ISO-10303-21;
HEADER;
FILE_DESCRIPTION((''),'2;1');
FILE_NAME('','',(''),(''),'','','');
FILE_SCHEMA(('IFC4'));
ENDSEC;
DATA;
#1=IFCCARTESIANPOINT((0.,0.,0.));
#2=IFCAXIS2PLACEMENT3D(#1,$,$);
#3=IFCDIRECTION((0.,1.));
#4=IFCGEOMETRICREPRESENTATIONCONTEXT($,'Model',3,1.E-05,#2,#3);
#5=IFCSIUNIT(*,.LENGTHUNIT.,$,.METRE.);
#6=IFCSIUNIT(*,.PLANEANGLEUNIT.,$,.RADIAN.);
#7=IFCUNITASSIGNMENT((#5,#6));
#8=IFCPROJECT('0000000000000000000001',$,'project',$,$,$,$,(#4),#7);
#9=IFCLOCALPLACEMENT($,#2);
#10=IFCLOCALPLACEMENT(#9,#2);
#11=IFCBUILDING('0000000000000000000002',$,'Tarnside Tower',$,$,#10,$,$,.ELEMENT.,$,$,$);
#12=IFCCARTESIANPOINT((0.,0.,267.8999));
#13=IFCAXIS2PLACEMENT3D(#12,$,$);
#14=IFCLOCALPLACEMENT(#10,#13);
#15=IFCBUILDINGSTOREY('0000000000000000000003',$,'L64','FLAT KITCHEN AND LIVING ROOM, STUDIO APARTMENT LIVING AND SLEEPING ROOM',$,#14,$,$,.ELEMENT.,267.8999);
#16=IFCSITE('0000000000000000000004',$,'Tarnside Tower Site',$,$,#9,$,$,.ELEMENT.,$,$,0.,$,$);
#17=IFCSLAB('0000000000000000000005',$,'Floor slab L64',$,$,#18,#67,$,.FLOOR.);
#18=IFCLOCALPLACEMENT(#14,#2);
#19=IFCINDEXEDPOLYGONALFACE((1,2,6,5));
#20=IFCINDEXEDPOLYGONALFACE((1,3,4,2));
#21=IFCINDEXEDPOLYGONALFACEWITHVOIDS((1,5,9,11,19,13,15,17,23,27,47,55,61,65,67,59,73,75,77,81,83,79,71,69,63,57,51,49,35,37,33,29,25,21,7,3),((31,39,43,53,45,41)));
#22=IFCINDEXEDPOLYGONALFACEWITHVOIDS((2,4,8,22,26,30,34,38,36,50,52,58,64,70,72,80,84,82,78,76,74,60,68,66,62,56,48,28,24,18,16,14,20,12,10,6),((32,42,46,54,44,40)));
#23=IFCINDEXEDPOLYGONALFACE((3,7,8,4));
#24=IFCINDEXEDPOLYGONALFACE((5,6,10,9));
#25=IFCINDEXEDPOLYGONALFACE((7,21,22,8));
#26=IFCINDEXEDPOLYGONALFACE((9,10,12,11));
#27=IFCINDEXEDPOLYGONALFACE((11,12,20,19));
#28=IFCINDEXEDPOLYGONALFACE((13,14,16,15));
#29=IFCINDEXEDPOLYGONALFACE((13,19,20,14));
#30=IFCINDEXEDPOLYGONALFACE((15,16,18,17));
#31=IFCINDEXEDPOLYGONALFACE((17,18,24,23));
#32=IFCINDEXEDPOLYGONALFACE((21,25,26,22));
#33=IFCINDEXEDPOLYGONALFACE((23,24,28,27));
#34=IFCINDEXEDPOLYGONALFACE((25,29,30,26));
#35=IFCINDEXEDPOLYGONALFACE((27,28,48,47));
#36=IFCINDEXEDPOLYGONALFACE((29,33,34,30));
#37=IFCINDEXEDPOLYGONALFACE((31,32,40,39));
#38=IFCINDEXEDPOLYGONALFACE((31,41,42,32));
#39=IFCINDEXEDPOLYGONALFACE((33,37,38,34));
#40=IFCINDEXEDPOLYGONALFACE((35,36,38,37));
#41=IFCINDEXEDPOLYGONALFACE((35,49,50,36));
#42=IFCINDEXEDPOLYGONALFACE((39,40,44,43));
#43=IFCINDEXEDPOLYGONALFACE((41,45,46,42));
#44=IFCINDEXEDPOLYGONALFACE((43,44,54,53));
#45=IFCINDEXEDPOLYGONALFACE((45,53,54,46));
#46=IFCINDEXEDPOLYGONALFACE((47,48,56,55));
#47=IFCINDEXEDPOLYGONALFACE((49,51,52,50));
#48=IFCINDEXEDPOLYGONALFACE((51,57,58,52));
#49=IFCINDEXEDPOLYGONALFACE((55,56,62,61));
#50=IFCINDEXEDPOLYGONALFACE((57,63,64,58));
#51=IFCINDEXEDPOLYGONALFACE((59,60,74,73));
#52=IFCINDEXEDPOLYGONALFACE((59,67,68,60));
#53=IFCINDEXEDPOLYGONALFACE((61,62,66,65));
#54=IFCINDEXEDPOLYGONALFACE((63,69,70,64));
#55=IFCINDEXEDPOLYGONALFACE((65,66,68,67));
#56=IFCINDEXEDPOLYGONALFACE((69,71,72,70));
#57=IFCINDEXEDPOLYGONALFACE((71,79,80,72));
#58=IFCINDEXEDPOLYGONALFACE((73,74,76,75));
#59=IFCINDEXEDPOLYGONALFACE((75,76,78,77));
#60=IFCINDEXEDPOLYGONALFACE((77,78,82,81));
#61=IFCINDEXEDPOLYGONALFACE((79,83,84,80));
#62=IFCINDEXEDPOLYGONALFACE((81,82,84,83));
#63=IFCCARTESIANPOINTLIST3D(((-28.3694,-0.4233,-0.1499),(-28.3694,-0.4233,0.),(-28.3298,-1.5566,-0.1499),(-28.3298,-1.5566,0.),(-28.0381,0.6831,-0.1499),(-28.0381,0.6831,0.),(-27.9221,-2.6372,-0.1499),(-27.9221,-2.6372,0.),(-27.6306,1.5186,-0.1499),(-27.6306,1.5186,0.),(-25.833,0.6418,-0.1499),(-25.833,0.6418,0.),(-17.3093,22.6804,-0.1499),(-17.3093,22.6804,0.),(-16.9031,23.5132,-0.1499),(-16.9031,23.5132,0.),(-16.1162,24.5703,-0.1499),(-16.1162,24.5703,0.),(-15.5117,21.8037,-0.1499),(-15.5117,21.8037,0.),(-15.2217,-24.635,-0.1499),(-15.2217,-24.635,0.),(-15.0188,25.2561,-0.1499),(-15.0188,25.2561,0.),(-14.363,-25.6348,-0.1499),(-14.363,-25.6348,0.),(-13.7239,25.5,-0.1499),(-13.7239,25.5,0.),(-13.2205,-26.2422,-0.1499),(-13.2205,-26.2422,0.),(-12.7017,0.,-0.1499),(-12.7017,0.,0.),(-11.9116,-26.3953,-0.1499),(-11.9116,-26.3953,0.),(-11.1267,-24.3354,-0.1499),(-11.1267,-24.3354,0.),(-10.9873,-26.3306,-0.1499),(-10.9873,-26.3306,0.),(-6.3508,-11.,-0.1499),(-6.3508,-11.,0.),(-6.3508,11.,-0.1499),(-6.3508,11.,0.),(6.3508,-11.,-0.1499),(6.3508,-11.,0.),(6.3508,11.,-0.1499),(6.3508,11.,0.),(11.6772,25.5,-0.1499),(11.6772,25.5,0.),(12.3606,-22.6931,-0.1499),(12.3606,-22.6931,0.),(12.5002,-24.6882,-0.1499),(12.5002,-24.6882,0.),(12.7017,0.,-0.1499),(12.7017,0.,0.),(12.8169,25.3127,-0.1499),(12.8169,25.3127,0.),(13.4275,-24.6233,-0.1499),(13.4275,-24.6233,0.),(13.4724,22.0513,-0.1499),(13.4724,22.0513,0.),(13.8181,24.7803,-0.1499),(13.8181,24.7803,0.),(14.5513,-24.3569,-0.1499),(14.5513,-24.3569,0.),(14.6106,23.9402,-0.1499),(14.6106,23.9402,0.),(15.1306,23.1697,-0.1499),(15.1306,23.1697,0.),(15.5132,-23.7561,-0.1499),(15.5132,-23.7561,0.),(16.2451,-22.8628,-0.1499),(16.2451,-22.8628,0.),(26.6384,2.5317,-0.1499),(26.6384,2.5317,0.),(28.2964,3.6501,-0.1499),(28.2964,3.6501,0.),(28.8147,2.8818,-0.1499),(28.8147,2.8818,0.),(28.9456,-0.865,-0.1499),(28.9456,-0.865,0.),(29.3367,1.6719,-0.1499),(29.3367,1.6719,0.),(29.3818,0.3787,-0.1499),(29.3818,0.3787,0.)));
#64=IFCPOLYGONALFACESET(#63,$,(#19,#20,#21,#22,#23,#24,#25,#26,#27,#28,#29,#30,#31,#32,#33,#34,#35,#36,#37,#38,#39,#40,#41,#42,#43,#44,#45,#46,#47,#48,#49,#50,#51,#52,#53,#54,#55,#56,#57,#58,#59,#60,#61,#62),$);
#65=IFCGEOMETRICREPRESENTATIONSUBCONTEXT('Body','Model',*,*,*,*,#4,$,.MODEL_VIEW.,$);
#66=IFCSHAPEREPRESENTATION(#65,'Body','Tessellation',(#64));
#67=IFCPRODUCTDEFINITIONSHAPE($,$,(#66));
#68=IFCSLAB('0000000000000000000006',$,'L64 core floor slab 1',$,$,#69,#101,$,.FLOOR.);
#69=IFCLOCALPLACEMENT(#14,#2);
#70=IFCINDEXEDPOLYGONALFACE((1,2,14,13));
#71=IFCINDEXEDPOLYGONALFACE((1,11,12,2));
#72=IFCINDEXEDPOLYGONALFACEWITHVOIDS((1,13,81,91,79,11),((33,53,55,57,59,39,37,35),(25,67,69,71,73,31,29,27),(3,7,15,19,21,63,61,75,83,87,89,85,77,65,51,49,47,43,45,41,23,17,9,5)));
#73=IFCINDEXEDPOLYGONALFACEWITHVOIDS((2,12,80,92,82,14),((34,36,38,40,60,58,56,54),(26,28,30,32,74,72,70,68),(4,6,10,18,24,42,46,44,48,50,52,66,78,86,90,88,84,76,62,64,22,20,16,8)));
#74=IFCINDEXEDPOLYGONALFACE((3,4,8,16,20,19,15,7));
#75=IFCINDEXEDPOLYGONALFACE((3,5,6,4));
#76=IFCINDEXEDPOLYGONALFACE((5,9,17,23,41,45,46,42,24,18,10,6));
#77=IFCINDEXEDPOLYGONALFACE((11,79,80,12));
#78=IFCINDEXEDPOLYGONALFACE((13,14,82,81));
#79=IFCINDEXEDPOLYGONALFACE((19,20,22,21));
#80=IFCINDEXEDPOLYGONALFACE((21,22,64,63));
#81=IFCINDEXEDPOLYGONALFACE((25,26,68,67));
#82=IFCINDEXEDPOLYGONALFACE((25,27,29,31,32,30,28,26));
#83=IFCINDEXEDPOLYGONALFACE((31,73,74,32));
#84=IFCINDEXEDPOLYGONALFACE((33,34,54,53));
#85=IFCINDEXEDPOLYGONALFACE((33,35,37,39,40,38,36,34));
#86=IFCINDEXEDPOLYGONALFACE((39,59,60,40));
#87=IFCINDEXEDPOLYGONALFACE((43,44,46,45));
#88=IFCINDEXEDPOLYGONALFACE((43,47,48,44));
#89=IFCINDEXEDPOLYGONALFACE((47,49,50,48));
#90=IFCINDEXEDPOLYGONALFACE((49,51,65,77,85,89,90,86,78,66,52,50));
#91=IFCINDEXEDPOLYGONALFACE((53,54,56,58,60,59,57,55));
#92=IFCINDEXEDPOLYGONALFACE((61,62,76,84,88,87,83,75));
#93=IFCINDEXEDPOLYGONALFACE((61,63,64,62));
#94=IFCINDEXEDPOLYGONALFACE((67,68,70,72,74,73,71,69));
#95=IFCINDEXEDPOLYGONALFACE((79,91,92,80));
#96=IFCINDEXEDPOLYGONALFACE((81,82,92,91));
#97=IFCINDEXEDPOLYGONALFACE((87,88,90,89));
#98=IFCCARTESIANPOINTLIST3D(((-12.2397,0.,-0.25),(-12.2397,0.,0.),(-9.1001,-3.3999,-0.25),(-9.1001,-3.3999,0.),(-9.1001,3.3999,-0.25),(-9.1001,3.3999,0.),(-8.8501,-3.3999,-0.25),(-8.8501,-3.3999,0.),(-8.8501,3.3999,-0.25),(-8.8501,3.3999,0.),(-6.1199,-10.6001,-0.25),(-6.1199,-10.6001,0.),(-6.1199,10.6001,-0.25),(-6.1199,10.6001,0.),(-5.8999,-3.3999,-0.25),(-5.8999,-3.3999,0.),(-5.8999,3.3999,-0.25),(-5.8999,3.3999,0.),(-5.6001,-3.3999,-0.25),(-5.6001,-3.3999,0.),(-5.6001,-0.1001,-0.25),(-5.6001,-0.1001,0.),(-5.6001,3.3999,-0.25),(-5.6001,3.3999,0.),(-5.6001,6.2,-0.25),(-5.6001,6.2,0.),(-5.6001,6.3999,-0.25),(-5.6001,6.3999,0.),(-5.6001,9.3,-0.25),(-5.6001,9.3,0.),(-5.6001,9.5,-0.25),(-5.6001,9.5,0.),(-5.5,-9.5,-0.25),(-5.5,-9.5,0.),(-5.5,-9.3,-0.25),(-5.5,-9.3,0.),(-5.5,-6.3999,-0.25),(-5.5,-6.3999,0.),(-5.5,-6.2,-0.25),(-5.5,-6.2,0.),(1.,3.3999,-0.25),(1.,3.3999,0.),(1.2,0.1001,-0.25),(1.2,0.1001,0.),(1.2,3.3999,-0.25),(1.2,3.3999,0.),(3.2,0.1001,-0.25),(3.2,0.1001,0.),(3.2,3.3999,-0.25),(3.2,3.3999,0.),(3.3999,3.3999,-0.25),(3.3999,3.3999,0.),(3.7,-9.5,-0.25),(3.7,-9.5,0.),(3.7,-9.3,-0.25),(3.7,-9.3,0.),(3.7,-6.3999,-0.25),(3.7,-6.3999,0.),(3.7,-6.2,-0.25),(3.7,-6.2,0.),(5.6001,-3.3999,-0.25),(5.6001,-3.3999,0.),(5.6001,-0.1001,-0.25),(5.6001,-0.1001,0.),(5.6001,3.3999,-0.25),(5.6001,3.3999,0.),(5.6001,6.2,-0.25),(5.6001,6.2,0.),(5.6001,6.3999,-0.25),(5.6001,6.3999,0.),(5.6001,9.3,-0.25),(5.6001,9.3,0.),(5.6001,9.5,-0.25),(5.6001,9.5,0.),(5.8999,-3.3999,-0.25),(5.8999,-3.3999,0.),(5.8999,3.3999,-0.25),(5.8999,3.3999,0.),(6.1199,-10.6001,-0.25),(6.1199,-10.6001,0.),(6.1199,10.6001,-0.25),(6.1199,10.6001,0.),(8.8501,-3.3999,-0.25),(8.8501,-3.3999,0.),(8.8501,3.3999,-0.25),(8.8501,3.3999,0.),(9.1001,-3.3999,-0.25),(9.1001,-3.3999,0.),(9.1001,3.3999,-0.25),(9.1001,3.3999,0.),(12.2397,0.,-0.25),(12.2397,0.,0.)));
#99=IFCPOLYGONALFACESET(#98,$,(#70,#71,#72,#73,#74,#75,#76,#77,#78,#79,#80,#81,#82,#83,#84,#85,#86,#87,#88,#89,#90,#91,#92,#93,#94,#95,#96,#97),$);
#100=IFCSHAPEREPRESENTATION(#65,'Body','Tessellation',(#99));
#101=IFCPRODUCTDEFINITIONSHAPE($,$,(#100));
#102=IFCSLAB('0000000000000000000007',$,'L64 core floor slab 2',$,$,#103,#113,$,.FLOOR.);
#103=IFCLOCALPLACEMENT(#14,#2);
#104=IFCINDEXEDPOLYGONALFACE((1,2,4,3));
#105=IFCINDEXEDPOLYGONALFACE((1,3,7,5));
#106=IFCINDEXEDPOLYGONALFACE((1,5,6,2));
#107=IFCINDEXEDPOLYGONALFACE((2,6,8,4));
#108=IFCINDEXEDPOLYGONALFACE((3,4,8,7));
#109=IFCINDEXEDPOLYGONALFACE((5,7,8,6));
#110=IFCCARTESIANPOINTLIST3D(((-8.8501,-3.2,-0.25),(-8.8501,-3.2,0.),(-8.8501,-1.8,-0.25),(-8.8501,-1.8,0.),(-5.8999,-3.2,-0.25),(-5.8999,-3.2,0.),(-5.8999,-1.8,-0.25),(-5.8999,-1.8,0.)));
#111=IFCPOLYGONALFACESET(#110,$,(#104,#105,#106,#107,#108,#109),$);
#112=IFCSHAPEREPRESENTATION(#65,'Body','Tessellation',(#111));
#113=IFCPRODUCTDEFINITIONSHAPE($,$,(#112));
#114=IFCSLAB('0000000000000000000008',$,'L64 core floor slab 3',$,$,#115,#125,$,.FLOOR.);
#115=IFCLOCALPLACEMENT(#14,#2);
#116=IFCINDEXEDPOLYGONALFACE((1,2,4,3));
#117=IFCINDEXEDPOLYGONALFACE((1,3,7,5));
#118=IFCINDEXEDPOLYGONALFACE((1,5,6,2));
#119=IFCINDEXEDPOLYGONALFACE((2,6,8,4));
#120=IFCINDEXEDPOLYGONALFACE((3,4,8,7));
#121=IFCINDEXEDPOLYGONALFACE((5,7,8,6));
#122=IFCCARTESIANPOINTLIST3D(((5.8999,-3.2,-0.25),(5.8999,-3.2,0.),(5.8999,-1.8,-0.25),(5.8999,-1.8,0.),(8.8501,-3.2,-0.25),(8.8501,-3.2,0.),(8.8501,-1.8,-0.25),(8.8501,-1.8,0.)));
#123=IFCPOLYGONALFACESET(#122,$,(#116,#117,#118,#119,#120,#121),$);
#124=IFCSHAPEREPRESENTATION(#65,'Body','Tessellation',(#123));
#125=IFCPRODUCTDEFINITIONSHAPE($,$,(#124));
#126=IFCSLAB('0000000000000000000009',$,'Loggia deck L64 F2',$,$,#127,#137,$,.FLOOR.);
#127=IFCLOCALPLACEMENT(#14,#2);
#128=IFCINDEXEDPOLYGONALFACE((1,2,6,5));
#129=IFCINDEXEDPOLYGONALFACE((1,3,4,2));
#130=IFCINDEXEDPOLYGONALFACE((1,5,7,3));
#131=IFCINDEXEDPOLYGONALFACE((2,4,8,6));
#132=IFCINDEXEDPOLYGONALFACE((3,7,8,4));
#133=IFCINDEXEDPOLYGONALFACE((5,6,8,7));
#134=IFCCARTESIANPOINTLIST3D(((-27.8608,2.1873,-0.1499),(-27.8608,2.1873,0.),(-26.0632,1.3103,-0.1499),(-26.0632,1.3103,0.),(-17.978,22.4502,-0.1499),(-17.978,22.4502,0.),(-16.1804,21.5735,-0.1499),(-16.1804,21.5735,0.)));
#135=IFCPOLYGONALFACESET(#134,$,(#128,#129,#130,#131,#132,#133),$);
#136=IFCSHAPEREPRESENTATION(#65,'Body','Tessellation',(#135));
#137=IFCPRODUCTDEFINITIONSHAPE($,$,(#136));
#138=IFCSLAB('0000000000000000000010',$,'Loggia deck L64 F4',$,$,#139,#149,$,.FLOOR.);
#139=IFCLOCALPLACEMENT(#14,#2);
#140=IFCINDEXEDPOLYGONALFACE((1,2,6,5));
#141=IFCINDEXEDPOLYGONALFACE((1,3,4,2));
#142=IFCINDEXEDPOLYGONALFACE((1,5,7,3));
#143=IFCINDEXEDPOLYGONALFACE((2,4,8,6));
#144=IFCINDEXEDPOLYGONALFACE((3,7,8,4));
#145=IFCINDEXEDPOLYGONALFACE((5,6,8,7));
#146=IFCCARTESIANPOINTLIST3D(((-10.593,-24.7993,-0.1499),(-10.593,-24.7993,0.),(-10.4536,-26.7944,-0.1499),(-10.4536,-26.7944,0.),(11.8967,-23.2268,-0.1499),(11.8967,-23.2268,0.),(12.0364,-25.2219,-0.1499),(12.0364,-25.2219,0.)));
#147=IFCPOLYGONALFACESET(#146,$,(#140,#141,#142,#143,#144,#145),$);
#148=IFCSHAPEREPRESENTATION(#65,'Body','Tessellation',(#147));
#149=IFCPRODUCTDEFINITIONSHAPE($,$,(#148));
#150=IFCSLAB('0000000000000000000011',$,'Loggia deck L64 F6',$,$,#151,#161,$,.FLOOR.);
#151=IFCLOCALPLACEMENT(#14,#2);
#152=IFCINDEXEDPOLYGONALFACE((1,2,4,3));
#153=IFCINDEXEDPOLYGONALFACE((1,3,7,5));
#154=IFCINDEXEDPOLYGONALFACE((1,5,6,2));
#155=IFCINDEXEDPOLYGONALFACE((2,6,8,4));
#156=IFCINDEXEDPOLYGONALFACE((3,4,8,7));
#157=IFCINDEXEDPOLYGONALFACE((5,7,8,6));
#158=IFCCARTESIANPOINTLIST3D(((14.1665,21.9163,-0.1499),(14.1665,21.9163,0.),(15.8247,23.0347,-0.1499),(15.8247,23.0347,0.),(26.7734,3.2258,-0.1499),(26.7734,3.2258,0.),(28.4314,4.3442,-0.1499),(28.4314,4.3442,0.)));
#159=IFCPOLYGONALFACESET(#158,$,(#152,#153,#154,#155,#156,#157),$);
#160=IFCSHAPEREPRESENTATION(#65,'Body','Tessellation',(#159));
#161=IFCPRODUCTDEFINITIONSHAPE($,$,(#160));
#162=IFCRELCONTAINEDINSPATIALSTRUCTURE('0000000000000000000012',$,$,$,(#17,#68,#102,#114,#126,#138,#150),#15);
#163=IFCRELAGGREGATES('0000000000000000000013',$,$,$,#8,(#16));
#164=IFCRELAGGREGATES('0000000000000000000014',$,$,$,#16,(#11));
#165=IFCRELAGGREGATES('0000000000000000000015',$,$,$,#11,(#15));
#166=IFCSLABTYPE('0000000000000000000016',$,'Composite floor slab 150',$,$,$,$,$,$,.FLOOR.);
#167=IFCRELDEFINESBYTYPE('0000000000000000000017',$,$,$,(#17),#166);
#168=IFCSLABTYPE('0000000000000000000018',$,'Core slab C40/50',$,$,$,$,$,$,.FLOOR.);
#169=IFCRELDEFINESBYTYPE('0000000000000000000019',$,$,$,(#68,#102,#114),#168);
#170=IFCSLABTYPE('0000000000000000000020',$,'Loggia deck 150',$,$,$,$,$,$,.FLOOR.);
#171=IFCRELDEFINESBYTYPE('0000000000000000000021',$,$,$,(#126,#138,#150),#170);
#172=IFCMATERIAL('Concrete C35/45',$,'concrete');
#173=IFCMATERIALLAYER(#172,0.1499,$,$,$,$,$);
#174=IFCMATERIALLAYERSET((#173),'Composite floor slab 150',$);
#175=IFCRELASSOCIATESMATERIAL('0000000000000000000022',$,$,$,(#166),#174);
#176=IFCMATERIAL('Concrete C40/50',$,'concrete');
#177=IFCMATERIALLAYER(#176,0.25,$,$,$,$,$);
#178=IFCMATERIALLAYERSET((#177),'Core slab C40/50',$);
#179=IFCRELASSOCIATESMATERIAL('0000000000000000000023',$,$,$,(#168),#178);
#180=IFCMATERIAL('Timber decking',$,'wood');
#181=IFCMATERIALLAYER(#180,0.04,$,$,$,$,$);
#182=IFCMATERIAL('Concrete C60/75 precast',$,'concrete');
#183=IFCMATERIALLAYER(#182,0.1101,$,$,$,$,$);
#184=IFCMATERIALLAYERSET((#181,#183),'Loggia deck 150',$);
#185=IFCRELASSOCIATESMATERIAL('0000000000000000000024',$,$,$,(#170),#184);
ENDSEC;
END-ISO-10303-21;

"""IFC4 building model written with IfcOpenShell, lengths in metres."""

from ifc_helpers import new_model, si_unit, direction, frame, origin, place, context, subcontext, project, spatial, polyline, outline, extrude, material, layer, layer_set, type_object, element, save


model = new_model("IFC4")

# Units and contexts
model_context = context("Model", 3, precision=1e-05, world=origin(), true_north=direction((0.0, 1.0)))
body_context = subcontext(model_context, "Body", "Model", "MODEL_VIEW")
ifc_project = project(units=[si_unit("LENGTHUNIT", "METRE"), si_unit("PLANEANGLEUNIT", "RADIAN")], contexts=[model_context])

# Site, building, storey
site_placement = place(None, origin())
site = spatial("IfcSite", under=ifc_project, at=site_placement, Name="Tarnside Tower Site", CompositionType="ELEMENT", RefElevation=0.0)
building_placement = place(site_placement, origin())
building = spatial("IfcBuilding", under=site, at=building_placement, Name="Tarnside Tower", CompositionType="ELEMENT")
storey_placement = place(building_placement, frame((0.0, 0.0, 267.8999)))
storey = spatial("IfcBuildingStorey", under=building, at=storey_placement, Name="L64", Description="FLAT KITCHEN AND LIVING ROOM, STUDIO APARTMENT LIVING AND SLEEPING ROOM", CompositionType="ELEMENT", Elevation=267.8999)

# Slabs
ifc_material_1 = material(Name="Concrete C35/45", Category="concrete")
ifc_layer_1 = layer(ifc_material_1, 0.1499)
ifc_layer_set_1 = layer_set([ifc_layer_1], Name="Composite floor slab 150")
slab_type_1 = type_object("IfcSlabType", Name="Composite floor slab 150", PredefinedType="FLOOR", material=ifc_layer_set_1)
slab_1_placement = place(storey_placement, frame((0.0, 0.0, -0.1499)))
element("IfcSlab", 1, at=slab_1_placement, inside=storey, type_object=slab_type_1, Name="Floor slab L64", PredefinedType="FLOOR", context=body_context, shape_type="SweptSolid", body=[
    extrude(outline(polyline([(12.8169, 25.3127), (13.8181, 24.7803), (14.6106, 23.9402), (15.1306, 23.1697), (13.4724, 22.0513), (26.6384, 2.5317), (28.2964, 3.6501), (28.8147, 2.8818), (29.3367, 1.6719), (29.3818, 0.3787), (28.9456, -0.865), (16.2451, -22.8628), (15.5132, -23.7561), (14.5513, -24.3569), (13.4275, -24.6233), (12.5002, -24.6882), (12.3606, -22.6931), (-11.1267, -24.3354), (-10.9873, -26.3306), (-11.9116, -26.3953), (-13.2205, -26.2422), (-14.363, -25.6348), (-15.2217, -24.635), (-27.9221, -2.6372), (-28.3298, -1.5566), (-28.3694, -0.4233), (-28.0381, 0.6831), (-27.6306, 1.5186), (-25.833, 0.6418), (-15.5117, 21.8037), (-17.3093, 22.6804), (-16.9031, 23.5132), (-16.1162, 24.5703), (-15.0188, 25.2561), (-13.7239, 25.5), (11.6772, 25.5), (12.8169, 25.3127)]), holes=[polyline([(-12.7017, 0.0), (-6.3508, -11.0), (6.3508, -11.0), (12.7017, 0.0), (6.3508, 11.0), (-6.3508, 11.0), (-12.7017, 0.0)])]), origin(), (0.0, 0.0, 1.0), 0.1499),
])
ifc_material_2 = material(Name="Concrete C40/50", Category="concrete")
ifc_layer_2 = layer(ifc_material_2, 0.25)
ifc_layer_set_2 = layer_set([ifc_layer_2], Name="Core slab C40/50")
slab_type_2 = type_object("IfcSlabType", Name="Core slab C40/50", PredefinedType="FLOOR", material=ifc_layer_set_2)
slab_2_placement = place(storey_placement, frame((0.0, 0.0, -0.25)))
element("IfcSlab", 2, at=slab_2_placement, inside=storey, type_object=slab_type_2, Name="L64 core floor slab 1", PredefinedType="FLOOR", context=body_context, shape_type="SweptSolid", body=[
    extrude(outline(polyline([(6.1199, 10.6001), (12.2397, 0.0), (6.1199, -10.6001), (-6.1199, -10.6001), (-12.2397, 0.0), (-6.1199, 10.6001), (6.1199, 10.6001)]), holes=[polyline([(-5.5, -9.5), (3.7, -9.5), (3.7, -9.3), (3.7, -6.3999), (3.7, -6.2), (-5.5, -6.2), (-5.5, -6.3999), (-5.5, -9.3), (-5.5, -9.5)]), polyline([(-5.6001, -3.3999), (-5.6001, -0.1001), (5.6001, -0.1001), (5.6001, -3.3999), (5.8999, -3.3999), (8.8501, -3.3999), (9.1001, -3.3999), (9.1001, 3.3999), (8.8501, 3.3999), (5.8999, 3.3999), (5.6001, 3.3999), (3.3999, 3.3999), (3.2, 3.3999), (3.2, 0.1001), (1.2, 0.1001), (1.2, 3.3999), (1.0, 3.3999), (-5.6001, 3.3999), (-5.8999, 3.3999), (-8.8501, 3.3999), (-9.1001, 3.3999), (-9.1001, -3.3999), (-8.8501, -3.3999), (-5.8999, -3.3999), (-5.6001, -3.3999)]), polyline([(-5.6001, 6.2), (5.6001, 6.2), (5.6001, 6.3999), (5.6001, 9.3), (5.6001, 9.5), (-5.6001, 9.5), (-5.6001, 9.3), (-5.6001, 6.3999), (-5.6001, 6.2)])]), origin(), (0.0, 0.0, 1.0), 0.25),
])
slab_3_placement = place(storey_placement, frame((0.0, 0.0, -0.25)))
element("IfcSlab", 3, at=slab_3_placement, inside=storey, type_object=slab_type_2, Name="L64 core floor slab 2", PredefinedType="FLOOR", context=body_context, shape_type="SweptSolid", body=[
    extrude(outline(polyline([(-8.8501, -3.2), (-8.8501, -1.8), (-5.8999, -1.8), (-5.8999, -3.2), (-8.8501, -3.2)])), origin(), (0.0, 0.0, 1.0), 0.25),
])
slab_4_placement = place(storey_placement, frame((0.0, 0.0, -0.25)))
element("IfcSlab", 4, at=slab_4_placement, inside=storey, type_object=slab_type_2, Name="L64 core floor slab 3", PredefinedType="FLOOR", context=body_context, shape_type="SweptSolid", body=[
    extrude(outline(polyline([(5.8999, -1.8), (8.8501, -1.8), (8.8501, -3.2), (5.8999, -3.2), (5.8999, -1.8)])), origin(), (0.0, 0.0, 1.0), 0.25),
])
ifc_material_3 = material(Name="Timber decking", Category="wood")
ifc_layer_3 = layer(ifc_material_3, 0.04)
ifc_material_4 = material(Name="Concrete C60/75 precast", Category="concrete")
ifc_layer_4 = layer(ifc_material_4, 0.1101)
ifc_layer_set_3 = layer_set([ifc_layer_3, ifc_layer_4], Name="Loggia deck 150")
slab_type_3 = type_object("IfcSlabType", Name="Loggia deck 150", PredefinedType="FLOOR", material=ifc_layer_set_3)
slab_5_placement = place(storey_placement, frame((0.0, 0.0, -0.1499)))
element("IfcSlab", 5, at=slab_5_placement, inside=storey, type_object=slab_type_3, Name="Loggia deck L64 F2", PredefinedType="FLOOR", context=body_context, shape_type="SweptSolid", body=[
    extrude(outline(polyline([(-16.1804, 21.5735), (-26.0632, 1.3103), (-27.8608, 2.1873), (-17.978, 22.4502), (-16.1804, 21.5735)])), origin(), (0.0, 0.0, 1.0), 0.1499),
])
slab_6_placement = place(storey_placement, frame((0.0, 0.0, -0.1499)))
element("IfcSlab", 6, at=slab_6_placement, inside=storey, type_object=slab_type_3, Name="Loggia deck L64 F4", PredefinedType="FLOOR", context=body_context, shape_type="SweptSolid", body=[
    extrude(outline(polyline([(-10.593, -24.7993), (11.8967, -23.2268), (12.0364, -25.2219), (-10.4536, -26.7944), (-10.593, -24.7993)])), origin(), (0.0, 0.0, 1.0), 0.1499),
])
slab_7_placement = place(storey_placement, frame((0.0, 0.0, -0.1499)))
element("IfcSlab", 7, at=slab_7_placement, inside=storey, type_object=slab_type_3, Name="Loggia deck L64 F6", PredefinedType="FLOOR", context=body_context, shape_type="SweptSolid", body=[
    extrude(outline(polyline([(26.7734, 3.2258), (14.1665, 21.9163), (15.8247, 23.0347), (28.4314, 4.3442), (26.7734, 3.2258)])), origin(), (0.0, 0.0, 1.0), 0.1499),
])

save(model, "model.ifc")
